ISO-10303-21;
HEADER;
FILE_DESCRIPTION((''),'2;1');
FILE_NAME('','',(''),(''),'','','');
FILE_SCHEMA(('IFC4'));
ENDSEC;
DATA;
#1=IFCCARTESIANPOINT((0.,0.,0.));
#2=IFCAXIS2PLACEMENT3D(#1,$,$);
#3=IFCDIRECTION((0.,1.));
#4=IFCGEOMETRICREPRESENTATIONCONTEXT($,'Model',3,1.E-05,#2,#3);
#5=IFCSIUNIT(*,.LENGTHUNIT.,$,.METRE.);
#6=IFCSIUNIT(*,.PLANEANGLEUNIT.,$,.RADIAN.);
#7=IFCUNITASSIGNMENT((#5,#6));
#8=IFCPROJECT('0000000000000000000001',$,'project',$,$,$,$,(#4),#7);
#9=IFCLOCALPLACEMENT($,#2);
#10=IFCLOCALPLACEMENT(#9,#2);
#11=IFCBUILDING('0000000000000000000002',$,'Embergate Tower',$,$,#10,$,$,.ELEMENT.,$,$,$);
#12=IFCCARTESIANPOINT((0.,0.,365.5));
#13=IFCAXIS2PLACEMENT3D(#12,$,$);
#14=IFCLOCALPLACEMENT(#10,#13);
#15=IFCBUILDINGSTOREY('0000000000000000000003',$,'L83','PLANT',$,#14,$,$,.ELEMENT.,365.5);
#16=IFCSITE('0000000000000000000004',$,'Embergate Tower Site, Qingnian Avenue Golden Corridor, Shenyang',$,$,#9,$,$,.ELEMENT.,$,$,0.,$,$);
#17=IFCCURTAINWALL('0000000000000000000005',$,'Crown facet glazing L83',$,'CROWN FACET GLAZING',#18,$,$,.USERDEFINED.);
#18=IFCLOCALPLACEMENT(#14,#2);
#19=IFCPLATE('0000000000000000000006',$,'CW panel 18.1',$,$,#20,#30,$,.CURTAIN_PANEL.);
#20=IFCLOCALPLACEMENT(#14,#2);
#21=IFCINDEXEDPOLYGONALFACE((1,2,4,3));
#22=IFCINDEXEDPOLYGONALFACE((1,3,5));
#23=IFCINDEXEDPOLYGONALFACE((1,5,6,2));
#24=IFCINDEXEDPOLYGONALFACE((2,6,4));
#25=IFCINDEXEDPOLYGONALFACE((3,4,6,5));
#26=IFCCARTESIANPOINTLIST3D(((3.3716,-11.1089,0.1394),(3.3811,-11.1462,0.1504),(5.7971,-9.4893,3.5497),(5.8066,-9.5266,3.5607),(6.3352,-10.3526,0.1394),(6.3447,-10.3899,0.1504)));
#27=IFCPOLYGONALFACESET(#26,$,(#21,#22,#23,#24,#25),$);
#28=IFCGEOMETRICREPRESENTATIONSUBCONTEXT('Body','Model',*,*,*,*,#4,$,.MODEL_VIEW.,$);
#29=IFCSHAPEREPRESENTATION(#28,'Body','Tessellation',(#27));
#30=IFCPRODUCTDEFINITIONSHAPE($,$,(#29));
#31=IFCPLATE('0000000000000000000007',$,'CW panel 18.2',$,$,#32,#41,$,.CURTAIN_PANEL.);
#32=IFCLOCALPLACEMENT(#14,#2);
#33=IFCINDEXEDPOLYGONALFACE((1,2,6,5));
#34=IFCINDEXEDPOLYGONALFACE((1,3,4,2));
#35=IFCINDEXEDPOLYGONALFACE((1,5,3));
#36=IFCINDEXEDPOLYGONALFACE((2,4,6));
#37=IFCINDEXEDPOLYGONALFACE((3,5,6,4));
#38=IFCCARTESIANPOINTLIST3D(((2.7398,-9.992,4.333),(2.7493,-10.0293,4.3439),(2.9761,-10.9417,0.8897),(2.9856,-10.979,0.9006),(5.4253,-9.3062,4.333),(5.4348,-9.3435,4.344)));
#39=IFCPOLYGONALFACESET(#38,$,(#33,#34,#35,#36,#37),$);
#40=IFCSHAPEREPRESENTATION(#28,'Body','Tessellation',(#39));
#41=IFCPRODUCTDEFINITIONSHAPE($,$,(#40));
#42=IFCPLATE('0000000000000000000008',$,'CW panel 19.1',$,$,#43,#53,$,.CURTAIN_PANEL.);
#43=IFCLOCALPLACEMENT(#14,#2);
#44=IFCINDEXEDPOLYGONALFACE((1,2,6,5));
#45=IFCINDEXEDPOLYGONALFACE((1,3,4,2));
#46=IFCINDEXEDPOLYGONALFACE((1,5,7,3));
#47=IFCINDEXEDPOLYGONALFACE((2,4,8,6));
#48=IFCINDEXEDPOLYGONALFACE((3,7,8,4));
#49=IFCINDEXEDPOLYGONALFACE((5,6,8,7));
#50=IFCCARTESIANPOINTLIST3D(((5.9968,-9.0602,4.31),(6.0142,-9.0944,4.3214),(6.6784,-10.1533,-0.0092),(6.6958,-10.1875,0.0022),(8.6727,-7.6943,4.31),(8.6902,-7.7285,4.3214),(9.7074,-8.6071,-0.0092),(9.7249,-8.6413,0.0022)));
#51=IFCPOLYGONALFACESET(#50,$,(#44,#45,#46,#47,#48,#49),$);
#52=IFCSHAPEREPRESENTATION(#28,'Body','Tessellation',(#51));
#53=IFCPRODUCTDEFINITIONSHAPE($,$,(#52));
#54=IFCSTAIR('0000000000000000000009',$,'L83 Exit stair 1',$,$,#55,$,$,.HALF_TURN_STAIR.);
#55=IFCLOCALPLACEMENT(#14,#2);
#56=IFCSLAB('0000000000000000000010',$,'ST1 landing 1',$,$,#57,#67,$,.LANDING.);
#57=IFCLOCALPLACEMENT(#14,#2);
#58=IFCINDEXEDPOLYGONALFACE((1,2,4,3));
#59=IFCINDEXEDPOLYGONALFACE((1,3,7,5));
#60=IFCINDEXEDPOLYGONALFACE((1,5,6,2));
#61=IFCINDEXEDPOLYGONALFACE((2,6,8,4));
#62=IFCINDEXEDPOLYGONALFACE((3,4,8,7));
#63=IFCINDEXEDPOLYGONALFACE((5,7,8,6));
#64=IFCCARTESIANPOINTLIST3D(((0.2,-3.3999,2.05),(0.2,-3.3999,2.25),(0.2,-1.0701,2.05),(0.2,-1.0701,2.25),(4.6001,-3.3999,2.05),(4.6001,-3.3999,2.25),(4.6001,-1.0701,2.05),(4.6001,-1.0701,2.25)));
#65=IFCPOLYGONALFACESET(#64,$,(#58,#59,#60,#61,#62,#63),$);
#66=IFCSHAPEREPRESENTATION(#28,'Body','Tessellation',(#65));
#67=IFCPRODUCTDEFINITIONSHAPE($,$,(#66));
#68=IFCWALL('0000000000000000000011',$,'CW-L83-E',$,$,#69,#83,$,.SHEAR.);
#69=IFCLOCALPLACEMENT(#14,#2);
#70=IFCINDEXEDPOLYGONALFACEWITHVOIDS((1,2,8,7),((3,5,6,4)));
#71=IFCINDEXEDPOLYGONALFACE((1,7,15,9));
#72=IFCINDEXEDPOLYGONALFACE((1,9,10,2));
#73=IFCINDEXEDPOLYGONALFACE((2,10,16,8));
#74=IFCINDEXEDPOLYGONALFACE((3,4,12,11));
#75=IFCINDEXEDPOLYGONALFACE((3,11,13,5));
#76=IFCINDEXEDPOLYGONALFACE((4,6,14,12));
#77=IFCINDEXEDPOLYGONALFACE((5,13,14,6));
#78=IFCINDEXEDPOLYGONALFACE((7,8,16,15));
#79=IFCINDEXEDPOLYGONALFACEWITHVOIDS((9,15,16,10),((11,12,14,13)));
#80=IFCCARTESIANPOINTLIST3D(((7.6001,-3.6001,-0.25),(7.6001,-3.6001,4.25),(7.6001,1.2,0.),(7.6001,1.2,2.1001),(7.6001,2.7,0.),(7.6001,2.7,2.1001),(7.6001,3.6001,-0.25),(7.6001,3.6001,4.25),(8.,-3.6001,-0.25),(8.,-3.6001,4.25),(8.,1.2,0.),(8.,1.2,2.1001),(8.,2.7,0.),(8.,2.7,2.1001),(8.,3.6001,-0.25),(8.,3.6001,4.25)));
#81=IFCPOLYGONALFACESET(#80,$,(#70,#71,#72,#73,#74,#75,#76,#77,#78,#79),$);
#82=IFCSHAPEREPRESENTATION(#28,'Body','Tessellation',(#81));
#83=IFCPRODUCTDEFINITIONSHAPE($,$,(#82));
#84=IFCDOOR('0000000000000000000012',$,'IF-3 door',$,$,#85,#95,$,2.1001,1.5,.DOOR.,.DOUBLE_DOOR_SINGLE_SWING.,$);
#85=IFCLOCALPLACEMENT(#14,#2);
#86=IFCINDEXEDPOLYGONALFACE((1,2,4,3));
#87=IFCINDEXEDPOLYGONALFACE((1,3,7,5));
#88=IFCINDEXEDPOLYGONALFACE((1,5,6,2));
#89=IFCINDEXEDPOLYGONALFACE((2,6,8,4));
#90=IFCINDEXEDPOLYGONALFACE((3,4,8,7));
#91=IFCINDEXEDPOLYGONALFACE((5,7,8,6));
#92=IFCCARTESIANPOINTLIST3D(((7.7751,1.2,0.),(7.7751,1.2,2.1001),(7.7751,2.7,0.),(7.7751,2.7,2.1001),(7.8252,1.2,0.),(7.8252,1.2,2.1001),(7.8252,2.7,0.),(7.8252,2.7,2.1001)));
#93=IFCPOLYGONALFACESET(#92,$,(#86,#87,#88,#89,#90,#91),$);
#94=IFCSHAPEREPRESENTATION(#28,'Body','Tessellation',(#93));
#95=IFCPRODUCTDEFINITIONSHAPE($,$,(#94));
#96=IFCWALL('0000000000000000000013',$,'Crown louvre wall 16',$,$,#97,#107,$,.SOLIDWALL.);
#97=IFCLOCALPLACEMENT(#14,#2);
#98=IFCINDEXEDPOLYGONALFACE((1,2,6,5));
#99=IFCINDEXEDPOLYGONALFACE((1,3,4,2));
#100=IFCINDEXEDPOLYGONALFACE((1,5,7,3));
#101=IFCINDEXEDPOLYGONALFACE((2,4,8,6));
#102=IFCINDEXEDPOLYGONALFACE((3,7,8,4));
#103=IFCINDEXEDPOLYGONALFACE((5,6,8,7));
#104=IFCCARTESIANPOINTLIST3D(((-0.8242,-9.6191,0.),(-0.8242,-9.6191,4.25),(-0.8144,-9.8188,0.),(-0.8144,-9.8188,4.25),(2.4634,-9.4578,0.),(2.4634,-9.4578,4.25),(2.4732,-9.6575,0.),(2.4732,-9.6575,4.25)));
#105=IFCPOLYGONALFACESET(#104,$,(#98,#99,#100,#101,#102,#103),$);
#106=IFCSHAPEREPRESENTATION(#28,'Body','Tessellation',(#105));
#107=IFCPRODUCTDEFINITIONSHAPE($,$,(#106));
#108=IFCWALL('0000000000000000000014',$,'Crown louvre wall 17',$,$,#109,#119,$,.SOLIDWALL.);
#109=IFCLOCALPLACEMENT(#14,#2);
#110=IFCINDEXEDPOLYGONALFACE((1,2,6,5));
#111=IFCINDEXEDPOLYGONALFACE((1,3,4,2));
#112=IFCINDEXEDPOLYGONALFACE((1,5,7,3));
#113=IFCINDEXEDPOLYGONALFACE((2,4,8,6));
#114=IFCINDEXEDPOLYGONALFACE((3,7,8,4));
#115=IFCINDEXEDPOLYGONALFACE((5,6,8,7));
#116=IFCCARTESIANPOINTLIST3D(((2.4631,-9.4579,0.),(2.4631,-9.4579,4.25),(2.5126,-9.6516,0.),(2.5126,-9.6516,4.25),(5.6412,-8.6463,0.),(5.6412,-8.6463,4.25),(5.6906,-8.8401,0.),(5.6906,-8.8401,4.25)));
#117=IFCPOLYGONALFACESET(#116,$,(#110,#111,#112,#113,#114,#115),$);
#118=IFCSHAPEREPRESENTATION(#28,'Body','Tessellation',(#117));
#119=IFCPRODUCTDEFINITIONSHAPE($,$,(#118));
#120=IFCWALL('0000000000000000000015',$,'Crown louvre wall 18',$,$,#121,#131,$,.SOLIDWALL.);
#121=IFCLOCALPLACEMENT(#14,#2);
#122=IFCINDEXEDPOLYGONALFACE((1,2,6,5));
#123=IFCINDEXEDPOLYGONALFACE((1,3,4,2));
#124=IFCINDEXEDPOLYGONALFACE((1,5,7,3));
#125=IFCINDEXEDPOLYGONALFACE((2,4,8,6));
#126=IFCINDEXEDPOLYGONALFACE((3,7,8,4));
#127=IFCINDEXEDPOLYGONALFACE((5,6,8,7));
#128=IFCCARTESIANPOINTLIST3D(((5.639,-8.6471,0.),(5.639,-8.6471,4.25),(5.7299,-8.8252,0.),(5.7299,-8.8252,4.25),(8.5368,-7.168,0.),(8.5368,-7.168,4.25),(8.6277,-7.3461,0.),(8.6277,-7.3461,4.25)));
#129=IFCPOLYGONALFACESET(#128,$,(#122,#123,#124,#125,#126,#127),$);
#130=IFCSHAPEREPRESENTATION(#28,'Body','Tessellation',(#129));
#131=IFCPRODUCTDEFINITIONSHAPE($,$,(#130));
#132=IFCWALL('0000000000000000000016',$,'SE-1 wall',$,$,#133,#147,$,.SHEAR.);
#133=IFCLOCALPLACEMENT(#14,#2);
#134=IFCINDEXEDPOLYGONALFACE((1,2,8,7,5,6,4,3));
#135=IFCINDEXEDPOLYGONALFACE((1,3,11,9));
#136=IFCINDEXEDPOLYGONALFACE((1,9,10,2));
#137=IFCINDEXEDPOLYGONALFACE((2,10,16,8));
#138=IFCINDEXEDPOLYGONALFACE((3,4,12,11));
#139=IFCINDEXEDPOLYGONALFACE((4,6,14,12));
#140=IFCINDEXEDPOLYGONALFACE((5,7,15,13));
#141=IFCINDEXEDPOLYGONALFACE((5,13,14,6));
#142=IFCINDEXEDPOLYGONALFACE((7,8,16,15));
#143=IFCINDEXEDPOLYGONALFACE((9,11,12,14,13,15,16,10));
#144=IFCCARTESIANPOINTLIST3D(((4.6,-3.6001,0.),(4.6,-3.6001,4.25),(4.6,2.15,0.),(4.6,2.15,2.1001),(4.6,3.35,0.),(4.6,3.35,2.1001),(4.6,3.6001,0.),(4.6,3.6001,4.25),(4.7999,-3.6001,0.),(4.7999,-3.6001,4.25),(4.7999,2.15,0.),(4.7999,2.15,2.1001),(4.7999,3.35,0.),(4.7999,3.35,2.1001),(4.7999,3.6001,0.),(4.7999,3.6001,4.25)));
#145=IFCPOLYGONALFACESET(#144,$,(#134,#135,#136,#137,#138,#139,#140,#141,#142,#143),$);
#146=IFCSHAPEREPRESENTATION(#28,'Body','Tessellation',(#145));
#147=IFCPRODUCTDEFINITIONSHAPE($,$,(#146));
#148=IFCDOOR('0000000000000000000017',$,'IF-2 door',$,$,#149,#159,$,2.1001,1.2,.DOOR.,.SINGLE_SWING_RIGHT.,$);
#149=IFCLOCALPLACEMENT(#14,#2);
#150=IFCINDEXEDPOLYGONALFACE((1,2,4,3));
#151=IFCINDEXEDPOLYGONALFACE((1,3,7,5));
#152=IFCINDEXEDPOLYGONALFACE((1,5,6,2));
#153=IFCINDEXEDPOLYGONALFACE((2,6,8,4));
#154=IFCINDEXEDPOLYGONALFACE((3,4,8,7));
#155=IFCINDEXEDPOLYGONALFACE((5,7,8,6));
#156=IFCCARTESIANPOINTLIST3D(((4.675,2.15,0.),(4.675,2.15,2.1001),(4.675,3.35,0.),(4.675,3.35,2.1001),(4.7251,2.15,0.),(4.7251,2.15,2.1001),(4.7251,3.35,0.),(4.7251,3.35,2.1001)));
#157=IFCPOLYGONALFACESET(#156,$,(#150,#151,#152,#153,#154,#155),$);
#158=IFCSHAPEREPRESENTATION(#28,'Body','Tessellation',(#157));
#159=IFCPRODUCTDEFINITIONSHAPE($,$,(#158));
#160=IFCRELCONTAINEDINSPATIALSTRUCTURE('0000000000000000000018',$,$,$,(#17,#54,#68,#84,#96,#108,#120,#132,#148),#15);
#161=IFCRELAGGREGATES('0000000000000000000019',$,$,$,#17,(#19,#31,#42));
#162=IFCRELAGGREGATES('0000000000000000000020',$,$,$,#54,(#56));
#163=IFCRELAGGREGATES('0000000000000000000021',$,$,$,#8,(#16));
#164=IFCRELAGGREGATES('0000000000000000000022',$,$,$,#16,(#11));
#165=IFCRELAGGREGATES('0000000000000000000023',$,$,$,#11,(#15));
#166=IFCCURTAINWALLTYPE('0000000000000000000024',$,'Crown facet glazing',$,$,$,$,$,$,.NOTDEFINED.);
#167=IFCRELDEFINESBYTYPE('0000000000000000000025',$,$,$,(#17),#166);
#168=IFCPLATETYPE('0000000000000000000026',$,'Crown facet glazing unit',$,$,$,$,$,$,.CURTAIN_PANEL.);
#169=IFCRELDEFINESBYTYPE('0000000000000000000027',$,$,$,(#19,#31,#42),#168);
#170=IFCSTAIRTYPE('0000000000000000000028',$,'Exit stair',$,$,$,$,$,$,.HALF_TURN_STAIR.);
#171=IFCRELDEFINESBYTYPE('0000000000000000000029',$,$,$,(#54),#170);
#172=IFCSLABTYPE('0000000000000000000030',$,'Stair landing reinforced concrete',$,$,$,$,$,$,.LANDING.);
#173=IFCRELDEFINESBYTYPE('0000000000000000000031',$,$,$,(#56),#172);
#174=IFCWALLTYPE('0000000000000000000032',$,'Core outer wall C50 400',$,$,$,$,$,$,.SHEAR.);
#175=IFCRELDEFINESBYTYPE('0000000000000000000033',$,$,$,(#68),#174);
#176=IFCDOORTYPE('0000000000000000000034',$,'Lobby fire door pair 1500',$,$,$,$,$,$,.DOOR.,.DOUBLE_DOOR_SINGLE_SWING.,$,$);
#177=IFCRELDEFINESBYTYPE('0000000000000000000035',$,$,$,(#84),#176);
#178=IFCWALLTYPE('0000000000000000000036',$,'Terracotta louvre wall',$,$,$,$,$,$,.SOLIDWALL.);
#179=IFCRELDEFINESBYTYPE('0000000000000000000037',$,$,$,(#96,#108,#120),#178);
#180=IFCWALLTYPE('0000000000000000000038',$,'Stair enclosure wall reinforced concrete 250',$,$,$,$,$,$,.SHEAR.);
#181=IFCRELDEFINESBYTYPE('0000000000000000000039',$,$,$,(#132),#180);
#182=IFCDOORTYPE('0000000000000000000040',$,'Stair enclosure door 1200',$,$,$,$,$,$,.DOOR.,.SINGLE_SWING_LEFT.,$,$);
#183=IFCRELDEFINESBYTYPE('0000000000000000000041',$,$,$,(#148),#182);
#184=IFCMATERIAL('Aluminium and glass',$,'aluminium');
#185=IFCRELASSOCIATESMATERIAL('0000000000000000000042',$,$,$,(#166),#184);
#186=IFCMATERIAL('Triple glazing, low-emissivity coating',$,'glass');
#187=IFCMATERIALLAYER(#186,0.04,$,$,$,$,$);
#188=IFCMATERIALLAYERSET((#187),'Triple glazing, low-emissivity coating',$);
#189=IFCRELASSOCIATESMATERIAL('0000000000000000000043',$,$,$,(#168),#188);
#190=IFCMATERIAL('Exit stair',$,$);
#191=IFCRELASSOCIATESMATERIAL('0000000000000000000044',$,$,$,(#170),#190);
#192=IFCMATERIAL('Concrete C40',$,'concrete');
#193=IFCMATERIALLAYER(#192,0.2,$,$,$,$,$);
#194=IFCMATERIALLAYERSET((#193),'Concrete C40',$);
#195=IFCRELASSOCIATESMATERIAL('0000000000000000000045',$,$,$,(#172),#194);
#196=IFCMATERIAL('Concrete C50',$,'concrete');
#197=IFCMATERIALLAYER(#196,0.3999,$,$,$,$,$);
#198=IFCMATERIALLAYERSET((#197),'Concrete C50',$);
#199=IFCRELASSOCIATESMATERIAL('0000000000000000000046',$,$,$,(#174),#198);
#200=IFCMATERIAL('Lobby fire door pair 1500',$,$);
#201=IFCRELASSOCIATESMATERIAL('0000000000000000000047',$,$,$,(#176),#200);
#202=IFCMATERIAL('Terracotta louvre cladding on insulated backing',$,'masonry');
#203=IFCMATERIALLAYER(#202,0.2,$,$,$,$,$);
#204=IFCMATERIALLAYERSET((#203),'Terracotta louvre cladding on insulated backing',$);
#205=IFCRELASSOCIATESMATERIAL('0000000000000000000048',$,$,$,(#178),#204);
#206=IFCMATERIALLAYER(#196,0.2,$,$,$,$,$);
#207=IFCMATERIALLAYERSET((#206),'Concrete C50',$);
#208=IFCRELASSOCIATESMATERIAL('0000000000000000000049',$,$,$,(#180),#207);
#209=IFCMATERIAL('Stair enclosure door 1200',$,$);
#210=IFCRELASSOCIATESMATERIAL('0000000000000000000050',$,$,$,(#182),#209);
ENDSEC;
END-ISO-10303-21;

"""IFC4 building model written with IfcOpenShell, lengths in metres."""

from ifc_helpers import new_model, si_unit, direction, frame, frame_2d, origin, place, context, subcontext, project, spatial, polyline, rectangle, outline, extrude, source, transform, mapped, material, layer, layer_set, type_object, element, fill, aggregate, save


model = new_model("IFC4")

# Units and contexts
model_context = context("Model", 3, precision=1e-05, world=origin(), true_north=direction((0.0, 1.0)))
body_context = subcontext(model_context, "Body", "Model", "MODEL_VIEW")
ifc_project = project(units=[si_unit("LENGTHUNIT", "METRE"), si_unit("PLANEANGLEUNIT", "RADIAN")], contexts=[model_context])

# Site, building, storey
site_placement = place(None, origin())
site = spatial("IfcSite", under=ifc_project, at=site_placement, Name="Embergate Tower Site, Qingnian Avenue Golden Corridor, Shenyang", CompositionType="ELEMENT", RefElevation=0.0)
building_placement = place(site_placement, origin())
building = spatial("IfcBuilding", under=site, at=building_placement, Name="Embergate Tower", CompositionType="ELEMENT")
storey_placement = place(building_placement, frame((0.0, 0.0, 365.5)))
storey = spatial("IfcBuildingStorey", under=building, at=storey_placement, Name="L83", Description="PLANT", CompositionType="ELEMENT", Elevation=365.5)

# Curtain wall, plates
ifc_material_1 = material(Name="Aluminium and glass", Category="aluminium")
curtain_wall_type = type_object("IfcCurtainWallType", Name="Crown facet glazing", PredefinedType="NOTDEFINED", material=ifc_material_1)
curtain_wall_placement = place(storey_placement, origin())
curtain_wall = element("IfcCurtainWall", 1, at=curtain_wall_placement, inside=storey, type_object=curtain_wall_type, Name="Crown facet glazing L83", ObjectType="CROWN FACET GLAZING", PredefinedType="USERDEFINED")
ifc_material_2 = material(Name="Triple glazing, low-emissivity coating", Category="glass")
ifc_layer_1 = layer(ifc_material_2, 0.04)
ifc_layer_set_1 = layer_set([ifc_layer_1], Name="Triple glazing, low-emissivity coating")
plate_type = type_object("IfcPlateType", Name="Crown facet glazing unit", PredefinedType="CURTAIN_PANEL", material=ifc_layer_set_1)
shared_shape_1 = source(origin(), body_context, "Body", "SweptSolid", [
    extrude(outline(polyline([(0.0, 0.0), (3.0586, 0.0), (2.7507, 3.5454), (0.0, 0.0)])), origin(), (0.0, 0.0, -1.0), 0.04),
])
plate_1_placement = place(storey_placement, frame((3.3811, -11.1462, 0.1504), z_axis=(0.237858, -0.932008, 0.273469), x_axis=(0.968943, 0.247284, 0.0)))
plate_1 = element("IfcPlate", 2, at=plate_1_placement, type_object=plate_type, Name="CW panel 18.1", PredefinedType="CURTAIN_PANEL", context=body_context, shape_type="MappedRepresentation", body=[
    mapped(shared_shape_1, transform((0.0, 0.0, 0.0))),
])
shared_shape_2 = source(origin(), body_context, "Body", "SweptSolid", [
    extrude(outline(polyline([(0.0, 0.0), (4.531, 0.0), (2.8318, 2.1897), (0.0, 0.0)])), origin(), (0.0, 0.0, -1.0), 0.04),
])
plate_2_placement = place(storey_placement, frame((2.9856, -10.979, 0.9006), z_axis=(0.237998, -0.931996, 0.273387), x_axis=(0.540543, 0.360955, 0.75995)))
plate_2 = element("IfcPlate", 3, at=plate_2_placement, type_object=plate_type, Name="CW panel 18.2", PredefinedType="CURTAIN_PANEL", context=body_context, shape_type="MappedRepresentation", body=[
    mapped(shared_shape_2, transform((0.0, 0.0, 0.0))),
])
shared_shape_3 = source(origin(), body_context, "Body", "SweptSolid", [
    extrude(outline(polyline([(0.0, 0.0), (3.4009, 0.0), (2.8943, 4.5059), (-0.1101, 4.5059), (0.0, 0.0)])), origin(), (0.0, 0.0, -1.0), 0.04),
])
plate_3_placement = place(storey_placement, frame((6.6958, -10.1875, 0.0022), z_axis=(0.435804, -0.853779, 0.284844), x_axis=(0.890676, 0.454638, -0.000001)))
plate_3 = element("IfcPlate", 4, at=plate_3_placement, type_object=plate_type, Name="CW panel 19.1", PredefinedType="CURTAIN_PANEL", context=body_context, shape_type="MappedRepresentation", body=[
    mapped(shared_shape_3, transform((0.0, 0.0, 0.0))),
])
aggregate(curtain_wall, [plate_1, plate_2, plate_3])

# Stair, slab
ifc_material_3 = material(Name="Exit stair")
stair_type = type_object("IfcStairType", Name="Exit stair", PredefinedType="HALF_TURN_STAIR", material=ifc_material_3)
stair_placement = place(storey_placement, origin())
stair = element("IfcStair", 5, at=stair_placement, inside=storey, type_object=stair_type, Name="L83 Exit stair 1", PredefinedType="HALF_TURN_STAIR")
ifc_material_4 = material(Name="Concrete C40", Category="concrete")
ifc_layer_2 = layer(ifc_material_4, 0.2)
ifc_layer_set_2 = layer_set([ifc_layer_2], Name="Concrete C40")
slab_type = type_object("IfcSlabType", Name="Stair landing reinforced concrete", PredefinedType="LANDING", material=ifc_layer_set_2)
shared_shape_4 = source(origin(), body_context, "Body", "SweptSolid", [
    extrude(outline(polyline([(0.0, 0.0), (4.4001, 0.0), (4.4001, 2.3298), (0.0, 2.3298), (0.0, 0.0)])), origin(), (0.0, 0.0, 1.0), 0.2),
])
slab_placement = place(storey_placement, frame((0.2, -3.3999, 2.05)))
slab = element("IfcSlab", 6, at=slab_placement, type_object=slab_type, Name="ST1 landing 1", PredefinedType="LANDING", context=body_context, shape_type="MappedRepresentation", body=[
    mapped(shared_shape_4, transform((0.0, 0.0, 0.0))),
])

# Wall, opening, door
ifc_material_5 = material(Name="Concrete C50", Category="concrete")
ifc_layer_3 = layer(ifc_material_5, 0.3999)
ifc_layer_set_3 = layer_set([ifc_layer_3], Name="Concrete C50")
wall_type_1 = type_object("IfcWallType", Name="Core outer wall C50 400", PredefinedType="SHEAR", material=ifc_layer_set_3)
shared_shape_5 = source(origin(), body_context, "Body", "SweptSolid", [
    extrude(rectangle(XDim=7.2002, YDim=0.3999, at=frame_2d((3.6001, 0.0))), origin(), (0.0, 0.0, 1.0), 4.5),
])
wall_1_placement = place(storey_placement, frame((7.8, -3.6001, -0.25), z_axis=(0.0, 0.0, 1.0), x_axis=(0.0, 1.0, 0.0)))
wall_1 = element("IfcWall", 7, at=wall_1_placement, inside=storey, type_object=wall_type_1, Name="CW-L83-E", PredefinedType="SHEAR", context=body_context, shape_type="MappedRepresentation", body=[
    mapped(shared_shape_5, transform((0.0, 0.0, 0.0))),
])
shared_shape_6 = source(origin(), body_context, "Body", "SweptSolid", [
    extrude(rectangle(XDim=1.5, YDim=2.1001, at=frame_2d((0.75, 1.05))), frame((0.0, 0.21, 0.0), z_axis=(0.0, -1.0, 0.0), x_axis=(1.0, 0.0, 0.0)), (0.0, 0.0, 1.0), 0.4199),
])
opening_1_placement = place(wall_1_placement, frame((4.8, 0.0, 0.25)))
opening_1 = element("IfcOpeningElement", 8, at=opening_1_placement, cuts=wall_1, PredefinedType="OPENING", context=body_context, shape_type="MappedRepresentation", body=[
    mapped(shared_shape_6, transform((0.0, 0.0, 0.0))),
])
ifc_material_6 = material(Name="Lobby fire door pair 1500")
door_type_1 = type_object("IfcDoorType", Name="Lobby fire door pair 1500", OperationType="DOUBLE_DOOR_SINGLE_SWING", PredefinedType="DOOR", material=ifc_material_6)
shared_shape_7 = source(origin(), body_context, "Body", "SweptSolid", [
    extrude(rectangle(XDim=1.5, YDim=2.1001, at=frame_2d((0.75, 1.05))), frame((0.0, 0.0249, 0.0), z_axis=(0.0, -1.0, 0.0), x_axis=(1.0, 0.0, 0.0)), (0.0, 0.0, 1.0), 0.05),
])
door_1_placement = place(opening_1_placement, origin())
door_1 = element("IfcDoor", 9, at=door_1_placement, inside=storey, type_object=door_type_1, Name="IF-3 door", OperationType="DOUBLE_DOOR_SINGLE_SWING", OverallHeight=2.1001, OverallWidth=1.5, PredefinedType="DOOR", context=body_context, shape_type="MappedRepresentation", body=[
    mapped(shared_shape_7, transform((0.0, 0.0, 0.0))),
])
fill(opening_1, door_1)

# Walls
ifc_material_7 = material(Name="Terracotta louvre cladding on insulated backing", Category="masonry")
ifc_layer_4 = layer(ifc_material_7, 0.2)
ifc_layer_set_4 = layer_set([ifc_layer_4], Name="Terracotta louvre cladding on insulated backing")
wall_type_2 = type_object("IfcWallType", Name="Terracotta louvre wall", PredefinedType="SOLIDWALL", material=ifc_layer_set_4)
shared_shape_8 = source(origin(), body_context, "Body", "SweptSolid", [
    extrude(rectangle(XDim=3.2915, YDim=0.2, at=frame_2d((1.6458, 0.0))), origin(), (0.0, 0.0, 1.0), 4.25),
])
wall_2_placement = place(storey_placement, frame((2.4683, -9.5576, 0.0), z_axis=(0.0, 0.0, 1.0), x_axis=(-0.998797, -0.049028, 0.0)))
element("IfcWall", 10, at=wall_2_placement, inside=storey, type_object=wall_type_2, Name="Crown louvre wall 16", PredefinedType="SOLIDWALL", context=body_context, shape_type="MappedRepresentation", body=[
    mapped(shared_shape_8, transform((0.0, 0.0, 0.0))),
])
shared_shape_9 = source(origin(), body_context, "Body", "SweptSolid", [
    extrude(rectangle(XDim=3.28, YDim=0.2, at=frame_2d((1.6401, 0.0))), origin(), (0.0, 0.0, 1.0), 4.25),
])
wall_3_placement = place(storey_placement, frame((5.666, -8.7432, 0.0), z_axis=(0.0, 0.0, 1.0), x_axis=(-0.968909, -0.247419, 0.0)))
element("IfcWall", 11, at=wall_3_placement, inside=storey, type_object=wall_type_2, Name="Crown louvre wall 17", PredefinedType="SOLIDWALL", context=body_context, shape_type="MappedRepresentation", body=[
    mapped(shared_shape_9, transform((0.0, 0.0, 0.0))),
])
shared_shape_10 = source(origin(), body_context, "Body", "SweptSolid", [
    extrude(rectangle(XDim=3.2534, YDim=0.2, at=frame_2d((1.6267, 0.0))), origin(), (0.0, 0.0, 1.0), 4.25),
])
wall_4_placement = place(storey_placement, frame((8.5823, -7.2571, 0.0), z_axis=(0.0, 0.0, 1.0), x_axis=(-0.890689, -0.454613, 0.0)))
element("IfcWall", 12, at=wall_4_placement, inside=storey, type_object=wall_type_2, Name="Crown louvre wall 18", PredefinedType="SOLIDWALL", context=body_context, shape_type="MappedRepresentation", body=[
    mapped(shared_shape_10, transform((0.0, 0.0, 0.0))),
])

# Wall, opening, door
ifc_layer_5 = layer(ifc_material_5, 0.2)
ifc_layer_set_5 = layer_set([ifc_layer_5], Name="Concrete C50")
wall_type_3 = type_object("IfcWallType", Name="Stair enclosure wall reinforced concrete 250", PredefinedType="SHEAR", material=ifc_layer_set_5)
shared_shape_11 = source(origin(), body_context, "Body", "SweptSolid", [
    extrude(rectangle(XDim=7.2002, YDim=0.2, at=frame_2d((3.6001, 0.0))), origin(), (0.0, 0.0, 1.0), 4.25),
])
wall_5_placement = place(storey_placement, frame((4.7, -3.6001, 0.0), z_axis=(0.0, 0.0, 1.0), x_axis=(0.0, 1.0, 0.0)))
wall_5 = element("IfcWall", 13, at=wall_5_placement, inside=storey, type_object=wall_type_3, Name="SE-1 wall", PredefinedType="SHEAR", context=body_context, shape_type="MappedRepresentation", body=[
    mapped(shared_shape_11, transform((0.0, 0.0, 0.0))),
])
shared_shape_12 = source(origin(), body_context, "Body", "SweptSolid", [
    extrude(rectangle(XDim=1.2, YDim=2.1001, at=frame_2d((0.6001, 1.05))), frame((0.0, 0.1099, 0.0), z_axis=(0.0, -1.0, 0.0), x_axis=(1.0, 0.0, 0.0)), (0.0, 0.0, 1.0), 0.22),
])
opening_2_placement = place(wall_5_placement, frame((5.75, 0.0, 0.0)))
opening_2 = element("IfcOpeningElement", 14, at=opening_2_placement, cuts=wall_5, PredefinedType="OPENING", context=body_context, shape_type="MappedRepresentation", body=[
    mapped(shared_shape_12, transform((0.0, 0.0, 0.0))),
])
ifc_material_8 = material(Name="Stair enclosure door 1200")
door_type_2 = type_object("IfcDoorType", Name="Stair enclosure door 1200", OperationType="SINGLE_SWING_LEFT", PredefinedType="DOOR", material=ifc_material_8)
shared_shape_13 = source(origin(), body_context, "Body", "SweptSolid", [
    extrude(rectangle(XDim=1.2, YDim=2.1001, at=frame_2d((0.6001, 1.05))), frame((0.0, 0.0249, 0.0), z_axis=(0.0, -1.0, 0.0), x_axis=(1.0, 0.0, 0.0)), (0.0, 0.0, 1.0), 0.05),
])
door_2_placement = place(opening_2_placement, origin())
door_2 = element("IfcDoor", 15, at=door_2_placement, inside=storey, type_object=door_type_2, Name="IF-2 door", OperationType="SINGLE_SWING_RIGHT", OverallHeight=2.1001, OverallWidth=1.2, PredefinedType="DOOR", context=body_context, shape_type="MappedRepresentation", body=[
    mapped(shared_shape_13, transform((0.0, 0.0, 0.0))),
])
fill(opening_2, door_2)

aggregate(stair, [slab])

save(model, "model.ifc")
